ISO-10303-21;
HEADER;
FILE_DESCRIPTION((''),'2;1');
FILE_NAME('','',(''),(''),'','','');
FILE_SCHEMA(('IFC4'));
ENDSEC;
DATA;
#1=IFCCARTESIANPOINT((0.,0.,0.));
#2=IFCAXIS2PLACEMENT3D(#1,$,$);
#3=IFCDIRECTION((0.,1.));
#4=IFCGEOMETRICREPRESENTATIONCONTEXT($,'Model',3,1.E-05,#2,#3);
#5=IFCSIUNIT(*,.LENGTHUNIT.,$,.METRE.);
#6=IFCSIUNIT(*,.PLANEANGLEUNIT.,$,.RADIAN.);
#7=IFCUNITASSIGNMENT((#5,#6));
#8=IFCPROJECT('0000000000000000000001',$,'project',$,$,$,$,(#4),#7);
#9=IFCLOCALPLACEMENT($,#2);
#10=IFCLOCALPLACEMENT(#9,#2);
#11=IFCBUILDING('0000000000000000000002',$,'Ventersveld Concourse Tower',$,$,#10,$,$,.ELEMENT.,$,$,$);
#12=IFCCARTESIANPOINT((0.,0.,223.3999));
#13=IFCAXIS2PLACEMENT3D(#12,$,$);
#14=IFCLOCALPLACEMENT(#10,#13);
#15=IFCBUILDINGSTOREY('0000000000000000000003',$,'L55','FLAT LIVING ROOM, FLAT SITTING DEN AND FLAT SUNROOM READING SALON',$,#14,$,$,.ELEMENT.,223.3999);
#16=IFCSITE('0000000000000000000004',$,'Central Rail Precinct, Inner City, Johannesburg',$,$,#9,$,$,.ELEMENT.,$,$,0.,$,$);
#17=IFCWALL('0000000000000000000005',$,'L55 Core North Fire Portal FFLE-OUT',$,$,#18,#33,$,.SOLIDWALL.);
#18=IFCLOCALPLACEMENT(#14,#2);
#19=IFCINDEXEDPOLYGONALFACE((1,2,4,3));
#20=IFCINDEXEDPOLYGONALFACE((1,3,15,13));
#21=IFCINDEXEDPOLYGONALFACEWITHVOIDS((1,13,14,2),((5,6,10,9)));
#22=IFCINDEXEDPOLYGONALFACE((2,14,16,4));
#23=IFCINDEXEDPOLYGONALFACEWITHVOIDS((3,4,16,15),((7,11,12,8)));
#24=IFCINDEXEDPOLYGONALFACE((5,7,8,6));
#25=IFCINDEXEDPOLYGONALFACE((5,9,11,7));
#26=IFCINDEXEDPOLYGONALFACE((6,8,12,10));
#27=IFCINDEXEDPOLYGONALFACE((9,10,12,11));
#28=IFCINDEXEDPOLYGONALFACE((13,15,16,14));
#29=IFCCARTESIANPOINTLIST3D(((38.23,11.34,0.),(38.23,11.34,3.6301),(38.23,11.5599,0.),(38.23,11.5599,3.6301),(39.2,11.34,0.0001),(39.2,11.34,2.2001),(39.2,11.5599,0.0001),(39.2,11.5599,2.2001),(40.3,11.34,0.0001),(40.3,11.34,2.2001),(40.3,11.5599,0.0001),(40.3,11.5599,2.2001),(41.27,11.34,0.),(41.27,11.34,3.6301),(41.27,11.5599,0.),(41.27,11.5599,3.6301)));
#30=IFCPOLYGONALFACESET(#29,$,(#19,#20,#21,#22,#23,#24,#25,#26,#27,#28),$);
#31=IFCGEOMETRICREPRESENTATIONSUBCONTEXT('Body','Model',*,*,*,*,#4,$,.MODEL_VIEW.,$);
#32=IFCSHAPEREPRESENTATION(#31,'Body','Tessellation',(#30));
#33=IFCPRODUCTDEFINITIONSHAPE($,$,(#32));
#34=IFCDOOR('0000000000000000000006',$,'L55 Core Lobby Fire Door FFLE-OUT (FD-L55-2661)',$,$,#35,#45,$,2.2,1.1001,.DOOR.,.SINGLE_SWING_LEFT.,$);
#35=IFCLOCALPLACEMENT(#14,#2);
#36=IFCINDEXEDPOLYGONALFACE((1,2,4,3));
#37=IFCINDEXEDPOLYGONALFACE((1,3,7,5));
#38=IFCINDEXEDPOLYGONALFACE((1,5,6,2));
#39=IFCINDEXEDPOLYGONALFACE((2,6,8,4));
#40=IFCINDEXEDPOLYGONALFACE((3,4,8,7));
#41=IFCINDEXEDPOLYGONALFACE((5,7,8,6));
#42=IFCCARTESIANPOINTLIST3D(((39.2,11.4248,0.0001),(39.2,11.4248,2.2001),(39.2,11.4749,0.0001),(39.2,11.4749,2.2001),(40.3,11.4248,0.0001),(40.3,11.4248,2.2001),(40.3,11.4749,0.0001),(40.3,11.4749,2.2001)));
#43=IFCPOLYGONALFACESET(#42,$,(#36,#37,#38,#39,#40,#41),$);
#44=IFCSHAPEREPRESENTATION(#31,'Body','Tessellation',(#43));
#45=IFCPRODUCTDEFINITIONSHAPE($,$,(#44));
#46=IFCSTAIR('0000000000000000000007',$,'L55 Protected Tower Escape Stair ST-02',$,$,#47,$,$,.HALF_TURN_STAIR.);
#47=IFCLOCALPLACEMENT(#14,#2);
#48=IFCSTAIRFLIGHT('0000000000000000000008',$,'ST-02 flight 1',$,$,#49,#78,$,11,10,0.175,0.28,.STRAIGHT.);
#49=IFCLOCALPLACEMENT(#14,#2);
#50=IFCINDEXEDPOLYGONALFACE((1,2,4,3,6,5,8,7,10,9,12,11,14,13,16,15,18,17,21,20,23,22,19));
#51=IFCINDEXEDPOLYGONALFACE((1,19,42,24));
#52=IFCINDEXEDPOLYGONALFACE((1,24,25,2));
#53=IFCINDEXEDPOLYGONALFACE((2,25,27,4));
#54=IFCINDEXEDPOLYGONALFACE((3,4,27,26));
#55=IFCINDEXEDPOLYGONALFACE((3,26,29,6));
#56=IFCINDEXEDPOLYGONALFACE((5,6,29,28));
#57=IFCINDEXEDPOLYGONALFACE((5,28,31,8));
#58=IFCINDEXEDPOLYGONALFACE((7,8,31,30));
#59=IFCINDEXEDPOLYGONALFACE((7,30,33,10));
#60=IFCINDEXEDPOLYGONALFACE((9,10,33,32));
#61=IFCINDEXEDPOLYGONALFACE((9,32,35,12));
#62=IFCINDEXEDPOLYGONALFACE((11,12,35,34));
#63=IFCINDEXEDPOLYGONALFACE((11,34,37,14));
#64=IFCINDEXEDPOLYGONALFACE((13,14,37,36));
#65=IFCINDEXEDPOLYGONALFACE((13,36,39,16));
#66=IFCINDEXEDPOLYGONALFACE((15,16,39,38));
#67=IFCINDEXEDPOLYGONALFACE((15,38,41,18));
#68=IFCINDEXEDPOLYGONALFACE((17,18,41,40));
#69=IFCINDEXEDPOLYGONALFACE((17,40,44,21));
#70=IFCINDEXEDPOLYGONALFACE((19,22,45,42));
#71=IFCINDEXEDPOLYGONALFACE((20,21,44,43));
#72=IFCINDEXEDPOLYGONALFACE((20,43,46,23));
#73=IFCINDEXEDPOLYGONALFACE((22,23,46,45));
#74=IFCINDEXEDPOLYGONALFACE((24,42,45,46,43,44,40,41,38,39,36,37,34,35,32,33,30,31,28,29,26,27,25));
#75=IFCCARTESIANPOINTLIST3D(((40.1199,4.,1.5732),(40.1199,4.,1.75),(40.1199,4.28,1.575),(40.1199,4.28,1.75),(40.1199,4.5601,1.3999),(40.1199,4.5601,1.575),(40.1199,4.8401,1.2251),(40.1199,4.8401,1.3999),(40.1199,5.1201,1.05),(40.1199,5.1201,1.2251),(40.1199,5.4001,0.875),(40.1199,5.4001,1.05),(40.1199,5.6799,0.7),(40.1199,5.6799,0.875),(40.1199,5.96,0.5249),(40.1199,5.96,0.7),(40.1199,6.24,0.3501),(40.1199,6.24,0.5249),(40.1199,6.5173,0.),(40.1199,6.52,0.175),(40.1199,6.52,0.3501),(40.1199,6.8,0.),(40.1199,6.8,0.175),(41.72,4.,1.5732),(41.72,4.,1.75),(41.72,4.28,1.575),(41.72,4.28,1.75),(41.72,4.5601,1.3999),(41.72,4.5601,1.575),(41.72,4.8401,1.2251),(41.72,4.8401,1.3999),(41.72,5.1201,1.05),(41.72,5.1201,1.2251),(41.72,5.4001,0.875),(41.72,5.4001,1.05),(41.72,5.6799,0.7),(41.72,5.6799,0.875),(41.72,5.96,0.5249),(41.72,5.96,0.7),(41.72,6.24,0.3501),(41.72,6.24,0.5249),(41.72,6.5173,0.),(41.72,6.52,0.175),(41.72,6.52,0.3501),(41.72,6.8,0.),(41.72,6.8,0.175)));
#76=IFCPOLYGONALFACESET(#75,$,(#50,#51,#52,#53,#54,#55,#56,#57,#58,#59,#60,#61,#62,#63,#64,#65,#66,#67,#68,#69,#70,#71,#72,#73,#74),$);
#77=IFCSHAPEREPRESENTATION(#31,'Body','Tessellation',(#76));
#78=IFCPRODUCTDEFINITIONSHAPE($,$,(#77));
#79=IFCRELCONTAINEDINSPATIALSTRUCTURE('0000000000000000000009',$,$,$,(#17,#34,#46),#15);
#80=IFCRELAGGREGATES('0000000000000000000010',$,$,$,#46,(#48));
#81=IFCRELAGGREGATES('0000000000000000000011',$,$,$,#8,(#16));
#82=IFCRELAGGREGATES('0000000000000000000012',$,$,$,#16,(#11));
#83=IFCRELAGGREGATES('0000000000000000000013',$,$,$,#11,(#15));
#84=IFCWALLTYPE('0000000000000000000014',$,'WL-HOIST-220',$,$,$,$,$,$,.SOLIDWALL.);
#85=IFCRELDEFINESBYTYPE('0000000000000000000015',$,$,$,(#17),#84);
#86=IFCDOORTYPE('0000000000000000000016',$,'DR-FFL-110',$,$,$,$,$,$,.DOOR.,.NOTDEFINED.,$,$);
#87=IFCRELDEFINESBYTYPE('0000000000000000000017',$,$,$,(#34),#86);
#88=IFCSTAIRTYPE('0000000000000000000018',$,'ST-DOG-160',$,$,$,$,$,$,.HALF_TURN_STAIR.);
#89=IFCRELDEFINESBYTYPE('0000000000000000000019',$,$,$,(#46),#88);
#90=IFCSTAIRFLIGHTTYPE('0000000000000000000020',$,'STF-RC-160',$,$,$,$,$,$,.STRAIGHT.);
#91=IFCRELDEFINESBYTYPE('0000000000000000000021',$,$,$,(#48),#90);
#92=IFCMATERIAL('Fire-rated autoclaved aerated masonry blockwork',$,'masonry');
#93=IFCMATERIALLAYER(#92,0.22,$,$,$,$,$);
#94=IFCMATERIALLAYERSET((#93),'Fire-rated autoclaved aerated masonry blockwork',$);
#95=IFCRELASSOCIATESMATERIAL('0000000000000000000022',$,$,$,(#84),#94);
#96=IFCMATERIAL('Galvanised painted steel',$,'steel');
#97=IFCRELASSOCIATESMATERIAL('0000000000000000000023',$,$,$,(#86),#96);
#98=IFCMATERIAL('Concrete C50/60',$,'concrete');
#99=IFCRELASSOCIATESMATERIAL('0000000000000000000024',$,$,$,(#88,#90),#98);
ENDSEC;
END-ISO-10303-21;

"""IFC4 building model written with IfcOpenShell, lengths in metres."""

from ifc_helpers import new_model, si_unit, direction, frame, frame_2d, origin, place, context, subcontext, project, spatial, polyline, rectangle, outline, extrude, material, layer, layer_set, type_object, element, fill, aggregate, save


model = new_model("IFC4")

# Units and contexts
model_context = context("Model", 3, precision=1e-05, world=origin(), true_north=direction((0.0, 1.0)))
body_context = subcontext(model_context, "Body", "Model", "MODEL_VIEW")
ifc_project = project(units=[si_unit("LENGTHUNIT", "METRE"), si_unit("PLANEANGLEUNIT", "RADIAN")], contexts=[model_context])

# Site, building, storey
site_placement = place(None, origin())
site = spatial("IfcSite", under=ifc_project, at=site_placement, Name="Central Rail Precinct, Inner City, Johannesburg", CompositionType="ELEMENT", RefElevation=0.0)
building_placement = place(site_placement, origin())
building = spatial("IfcBuilding", under=site, at=building_placement, Name="Ventersveld Concourse Tower", CompositionType="ELEMENT")
storey_placement = place(building_placement, frame((0.0, 0.0, 223.3999)))
storey = spatial("IfcBuildingStorey", under=building, at=storey_placement, Name="L55", Description="FLAT LIVING ROOM, FLAT SITTING DEN AND FLAT SUNROOM READING SALON", CompositionType="ELEMENT", Elevation=223.3999)

# Shared definitions
ifc_material_1 = material(Name="Concrete C50/60", Category="concrete")

# Shared definitions
ifc_material_2 = material(Name="Fire-rated autoclaved aerated masonry blockwork", Category="masonry")
ifc_layer_1 = layer(ifc_material_2, 0.22)
ifc_layer_set_1 = layer_set([ifc_layer_1], Name="Fire-rated autoclaved aerated masonry blockwork")
wall_type_1 = type_object("IfcWallType", Name="WL-HOIST-220", PredefinedType="SOLIDWALL", material=ifc_layer_set_1)

# Wall, opening, door
ifc_material_3 = material(Name="Galvanised painted steel", Category="steel")
wall_1_placement = place(storey_placement, frame((38.23, 11.45, 0.0), z_axis=(0.0, 0.0, 1.0), x_axis=(1.0, 0.0, 0.0)))
wall_1 = element("IfcWall", 1, at=wall_1_placement, inside=storey, type_object=wall_type_1, Name="L55 Core North Fire Portal FFLE-OUT", PredefinedType="SOLIDWALL", context=body_context, shape_type="SweptSolid", body=[
    extrude(rectangle(XDim=3.04, YDim=0.22, at=frame_2d((1.52, 0.0))), origin(), (0.0, 0.0, 1.0), 3.6301),
])
opening_1_placement = place(wall_1_placement, frame((0.97, 0.0, 0.0)))
opening_1 = element("IfcOpeningElement", 2, at=opening_1_placement, cuts=wall_1, PredefinedType="OPENING", context=body_context, shape_type="SweptSolid", body=[
    extrude(rectangle(XDim=1.1001, YDim=2.2, at=frame_2d((0.55, 1.1001))), frame((0.0, 0.1201, 0.0), z_axis=(0.0, -1.0, 0.0), x_axis=(1.0, 0.0, 0.0)), (0.0, 0.0, 1.0), 0.24),
])
door_type_1 = type_object("IfcDoorType", Name="DR-FFL-110", OperationType="NOTDEFINED", PredefinedType="DOOR", material=ifc_material_3)
door_1_placement = place(opening_1_placement, origin())
door_1 = element("IfcDoor", 3, at=door_1_placement, inside=storey, type_object=door_type_1, Name="L55 Core Lobby Fire Door FFLE-OUT (FD-L55-2661)", OperationType="SINGLE_SWING_LEFT", OverallHeight=2.2, OverallWidth=1.1001, PredefinedType="DOOR", context=body_context, shape_type="SweptSolid", body=[
    extrude(rectangle(XDim=1.1001, YDim=2.2, at=frame_2d((0.55, 1.1001))), frame((0.0, 0.0249, 0.0), z_axis=(0.0, -1.0, 0.0), x_axis=(1.0, 0.0, 0.0)), (0.0, 0.0, 1.0), 0.05),
])
fill(opening_1, door_1)

# Stair, stair flight
stair_type = type_object("IfcStairType", Name="ST-DOG-160", PredefinedType="HALF_TURN_STAIR", material=ifc_material_1)
stair_placement = place(storey_placement, origin())
stair = element("IfcStair", 4, at=stair_placement, inside=storey, type_object=stair_type, Name="L55 Protected Tower Escape Stair ST-02", PredefinedType="HALF_TURN_STAIR")
stair_flight_type = type_object("IfcStairFlightType", Name="STF-RC-160", PredefinedType="STRAIGHT", material=ifc_material_1)
stair_flight_placement = place(storey_placement, frame((40.9199, 6.8, 0.0), z_axis=(0.0, 0.0, 1.0), x_axis=(0.0, -1.0, 0.0)))
stair_flight = element("IfcStairFlight", 5, at=stair_flight_placement, type_object=stair_flight_type, Name="ST-02 flight 1", NumberOfRisers=11, NumberOfTreads=10, PredefinedType="STRAIGHT", RiserHeight=0.175, TreadLength=0.28, context=body_context, shape_type="SweptSolid", body=[
    extrude(outline(polyline([(0.0, 0.0), (0.0, 0.175), (0.28, 0.175), (0.28, 0.3501), (0.5601, 0.3501), (0.5601, 0.5249), (0.8401, 0.5249), (0.8401, 0.7), (1.1201, 0.7), (1.1201, 0.875), (1.3999, 0.875), (1.3999, 1.05), (1.6799, 1.05), (1.6799, 1.2251), (1.96, 1.2251), (1.96, 1.3999), (2.24, 1.3999), (2.24, 1.575), (2.52, 1.575), (2.52, 1.75), (2.8, 1.75), (2.8, 1.925), (2.8, 1.5732), (0.2827, 0.0), (0.0, 0.0)])), frame((0.0, 0.8, 0.0), z_axis=(0.0, -1.0, 0.0), x_axis=(1.0, 0.0, 0.0)), (0.0, 0.0, 1.0), 1.6001),
])
aggregate(stair, [stair_flight])

save(model, "model.ifc")
